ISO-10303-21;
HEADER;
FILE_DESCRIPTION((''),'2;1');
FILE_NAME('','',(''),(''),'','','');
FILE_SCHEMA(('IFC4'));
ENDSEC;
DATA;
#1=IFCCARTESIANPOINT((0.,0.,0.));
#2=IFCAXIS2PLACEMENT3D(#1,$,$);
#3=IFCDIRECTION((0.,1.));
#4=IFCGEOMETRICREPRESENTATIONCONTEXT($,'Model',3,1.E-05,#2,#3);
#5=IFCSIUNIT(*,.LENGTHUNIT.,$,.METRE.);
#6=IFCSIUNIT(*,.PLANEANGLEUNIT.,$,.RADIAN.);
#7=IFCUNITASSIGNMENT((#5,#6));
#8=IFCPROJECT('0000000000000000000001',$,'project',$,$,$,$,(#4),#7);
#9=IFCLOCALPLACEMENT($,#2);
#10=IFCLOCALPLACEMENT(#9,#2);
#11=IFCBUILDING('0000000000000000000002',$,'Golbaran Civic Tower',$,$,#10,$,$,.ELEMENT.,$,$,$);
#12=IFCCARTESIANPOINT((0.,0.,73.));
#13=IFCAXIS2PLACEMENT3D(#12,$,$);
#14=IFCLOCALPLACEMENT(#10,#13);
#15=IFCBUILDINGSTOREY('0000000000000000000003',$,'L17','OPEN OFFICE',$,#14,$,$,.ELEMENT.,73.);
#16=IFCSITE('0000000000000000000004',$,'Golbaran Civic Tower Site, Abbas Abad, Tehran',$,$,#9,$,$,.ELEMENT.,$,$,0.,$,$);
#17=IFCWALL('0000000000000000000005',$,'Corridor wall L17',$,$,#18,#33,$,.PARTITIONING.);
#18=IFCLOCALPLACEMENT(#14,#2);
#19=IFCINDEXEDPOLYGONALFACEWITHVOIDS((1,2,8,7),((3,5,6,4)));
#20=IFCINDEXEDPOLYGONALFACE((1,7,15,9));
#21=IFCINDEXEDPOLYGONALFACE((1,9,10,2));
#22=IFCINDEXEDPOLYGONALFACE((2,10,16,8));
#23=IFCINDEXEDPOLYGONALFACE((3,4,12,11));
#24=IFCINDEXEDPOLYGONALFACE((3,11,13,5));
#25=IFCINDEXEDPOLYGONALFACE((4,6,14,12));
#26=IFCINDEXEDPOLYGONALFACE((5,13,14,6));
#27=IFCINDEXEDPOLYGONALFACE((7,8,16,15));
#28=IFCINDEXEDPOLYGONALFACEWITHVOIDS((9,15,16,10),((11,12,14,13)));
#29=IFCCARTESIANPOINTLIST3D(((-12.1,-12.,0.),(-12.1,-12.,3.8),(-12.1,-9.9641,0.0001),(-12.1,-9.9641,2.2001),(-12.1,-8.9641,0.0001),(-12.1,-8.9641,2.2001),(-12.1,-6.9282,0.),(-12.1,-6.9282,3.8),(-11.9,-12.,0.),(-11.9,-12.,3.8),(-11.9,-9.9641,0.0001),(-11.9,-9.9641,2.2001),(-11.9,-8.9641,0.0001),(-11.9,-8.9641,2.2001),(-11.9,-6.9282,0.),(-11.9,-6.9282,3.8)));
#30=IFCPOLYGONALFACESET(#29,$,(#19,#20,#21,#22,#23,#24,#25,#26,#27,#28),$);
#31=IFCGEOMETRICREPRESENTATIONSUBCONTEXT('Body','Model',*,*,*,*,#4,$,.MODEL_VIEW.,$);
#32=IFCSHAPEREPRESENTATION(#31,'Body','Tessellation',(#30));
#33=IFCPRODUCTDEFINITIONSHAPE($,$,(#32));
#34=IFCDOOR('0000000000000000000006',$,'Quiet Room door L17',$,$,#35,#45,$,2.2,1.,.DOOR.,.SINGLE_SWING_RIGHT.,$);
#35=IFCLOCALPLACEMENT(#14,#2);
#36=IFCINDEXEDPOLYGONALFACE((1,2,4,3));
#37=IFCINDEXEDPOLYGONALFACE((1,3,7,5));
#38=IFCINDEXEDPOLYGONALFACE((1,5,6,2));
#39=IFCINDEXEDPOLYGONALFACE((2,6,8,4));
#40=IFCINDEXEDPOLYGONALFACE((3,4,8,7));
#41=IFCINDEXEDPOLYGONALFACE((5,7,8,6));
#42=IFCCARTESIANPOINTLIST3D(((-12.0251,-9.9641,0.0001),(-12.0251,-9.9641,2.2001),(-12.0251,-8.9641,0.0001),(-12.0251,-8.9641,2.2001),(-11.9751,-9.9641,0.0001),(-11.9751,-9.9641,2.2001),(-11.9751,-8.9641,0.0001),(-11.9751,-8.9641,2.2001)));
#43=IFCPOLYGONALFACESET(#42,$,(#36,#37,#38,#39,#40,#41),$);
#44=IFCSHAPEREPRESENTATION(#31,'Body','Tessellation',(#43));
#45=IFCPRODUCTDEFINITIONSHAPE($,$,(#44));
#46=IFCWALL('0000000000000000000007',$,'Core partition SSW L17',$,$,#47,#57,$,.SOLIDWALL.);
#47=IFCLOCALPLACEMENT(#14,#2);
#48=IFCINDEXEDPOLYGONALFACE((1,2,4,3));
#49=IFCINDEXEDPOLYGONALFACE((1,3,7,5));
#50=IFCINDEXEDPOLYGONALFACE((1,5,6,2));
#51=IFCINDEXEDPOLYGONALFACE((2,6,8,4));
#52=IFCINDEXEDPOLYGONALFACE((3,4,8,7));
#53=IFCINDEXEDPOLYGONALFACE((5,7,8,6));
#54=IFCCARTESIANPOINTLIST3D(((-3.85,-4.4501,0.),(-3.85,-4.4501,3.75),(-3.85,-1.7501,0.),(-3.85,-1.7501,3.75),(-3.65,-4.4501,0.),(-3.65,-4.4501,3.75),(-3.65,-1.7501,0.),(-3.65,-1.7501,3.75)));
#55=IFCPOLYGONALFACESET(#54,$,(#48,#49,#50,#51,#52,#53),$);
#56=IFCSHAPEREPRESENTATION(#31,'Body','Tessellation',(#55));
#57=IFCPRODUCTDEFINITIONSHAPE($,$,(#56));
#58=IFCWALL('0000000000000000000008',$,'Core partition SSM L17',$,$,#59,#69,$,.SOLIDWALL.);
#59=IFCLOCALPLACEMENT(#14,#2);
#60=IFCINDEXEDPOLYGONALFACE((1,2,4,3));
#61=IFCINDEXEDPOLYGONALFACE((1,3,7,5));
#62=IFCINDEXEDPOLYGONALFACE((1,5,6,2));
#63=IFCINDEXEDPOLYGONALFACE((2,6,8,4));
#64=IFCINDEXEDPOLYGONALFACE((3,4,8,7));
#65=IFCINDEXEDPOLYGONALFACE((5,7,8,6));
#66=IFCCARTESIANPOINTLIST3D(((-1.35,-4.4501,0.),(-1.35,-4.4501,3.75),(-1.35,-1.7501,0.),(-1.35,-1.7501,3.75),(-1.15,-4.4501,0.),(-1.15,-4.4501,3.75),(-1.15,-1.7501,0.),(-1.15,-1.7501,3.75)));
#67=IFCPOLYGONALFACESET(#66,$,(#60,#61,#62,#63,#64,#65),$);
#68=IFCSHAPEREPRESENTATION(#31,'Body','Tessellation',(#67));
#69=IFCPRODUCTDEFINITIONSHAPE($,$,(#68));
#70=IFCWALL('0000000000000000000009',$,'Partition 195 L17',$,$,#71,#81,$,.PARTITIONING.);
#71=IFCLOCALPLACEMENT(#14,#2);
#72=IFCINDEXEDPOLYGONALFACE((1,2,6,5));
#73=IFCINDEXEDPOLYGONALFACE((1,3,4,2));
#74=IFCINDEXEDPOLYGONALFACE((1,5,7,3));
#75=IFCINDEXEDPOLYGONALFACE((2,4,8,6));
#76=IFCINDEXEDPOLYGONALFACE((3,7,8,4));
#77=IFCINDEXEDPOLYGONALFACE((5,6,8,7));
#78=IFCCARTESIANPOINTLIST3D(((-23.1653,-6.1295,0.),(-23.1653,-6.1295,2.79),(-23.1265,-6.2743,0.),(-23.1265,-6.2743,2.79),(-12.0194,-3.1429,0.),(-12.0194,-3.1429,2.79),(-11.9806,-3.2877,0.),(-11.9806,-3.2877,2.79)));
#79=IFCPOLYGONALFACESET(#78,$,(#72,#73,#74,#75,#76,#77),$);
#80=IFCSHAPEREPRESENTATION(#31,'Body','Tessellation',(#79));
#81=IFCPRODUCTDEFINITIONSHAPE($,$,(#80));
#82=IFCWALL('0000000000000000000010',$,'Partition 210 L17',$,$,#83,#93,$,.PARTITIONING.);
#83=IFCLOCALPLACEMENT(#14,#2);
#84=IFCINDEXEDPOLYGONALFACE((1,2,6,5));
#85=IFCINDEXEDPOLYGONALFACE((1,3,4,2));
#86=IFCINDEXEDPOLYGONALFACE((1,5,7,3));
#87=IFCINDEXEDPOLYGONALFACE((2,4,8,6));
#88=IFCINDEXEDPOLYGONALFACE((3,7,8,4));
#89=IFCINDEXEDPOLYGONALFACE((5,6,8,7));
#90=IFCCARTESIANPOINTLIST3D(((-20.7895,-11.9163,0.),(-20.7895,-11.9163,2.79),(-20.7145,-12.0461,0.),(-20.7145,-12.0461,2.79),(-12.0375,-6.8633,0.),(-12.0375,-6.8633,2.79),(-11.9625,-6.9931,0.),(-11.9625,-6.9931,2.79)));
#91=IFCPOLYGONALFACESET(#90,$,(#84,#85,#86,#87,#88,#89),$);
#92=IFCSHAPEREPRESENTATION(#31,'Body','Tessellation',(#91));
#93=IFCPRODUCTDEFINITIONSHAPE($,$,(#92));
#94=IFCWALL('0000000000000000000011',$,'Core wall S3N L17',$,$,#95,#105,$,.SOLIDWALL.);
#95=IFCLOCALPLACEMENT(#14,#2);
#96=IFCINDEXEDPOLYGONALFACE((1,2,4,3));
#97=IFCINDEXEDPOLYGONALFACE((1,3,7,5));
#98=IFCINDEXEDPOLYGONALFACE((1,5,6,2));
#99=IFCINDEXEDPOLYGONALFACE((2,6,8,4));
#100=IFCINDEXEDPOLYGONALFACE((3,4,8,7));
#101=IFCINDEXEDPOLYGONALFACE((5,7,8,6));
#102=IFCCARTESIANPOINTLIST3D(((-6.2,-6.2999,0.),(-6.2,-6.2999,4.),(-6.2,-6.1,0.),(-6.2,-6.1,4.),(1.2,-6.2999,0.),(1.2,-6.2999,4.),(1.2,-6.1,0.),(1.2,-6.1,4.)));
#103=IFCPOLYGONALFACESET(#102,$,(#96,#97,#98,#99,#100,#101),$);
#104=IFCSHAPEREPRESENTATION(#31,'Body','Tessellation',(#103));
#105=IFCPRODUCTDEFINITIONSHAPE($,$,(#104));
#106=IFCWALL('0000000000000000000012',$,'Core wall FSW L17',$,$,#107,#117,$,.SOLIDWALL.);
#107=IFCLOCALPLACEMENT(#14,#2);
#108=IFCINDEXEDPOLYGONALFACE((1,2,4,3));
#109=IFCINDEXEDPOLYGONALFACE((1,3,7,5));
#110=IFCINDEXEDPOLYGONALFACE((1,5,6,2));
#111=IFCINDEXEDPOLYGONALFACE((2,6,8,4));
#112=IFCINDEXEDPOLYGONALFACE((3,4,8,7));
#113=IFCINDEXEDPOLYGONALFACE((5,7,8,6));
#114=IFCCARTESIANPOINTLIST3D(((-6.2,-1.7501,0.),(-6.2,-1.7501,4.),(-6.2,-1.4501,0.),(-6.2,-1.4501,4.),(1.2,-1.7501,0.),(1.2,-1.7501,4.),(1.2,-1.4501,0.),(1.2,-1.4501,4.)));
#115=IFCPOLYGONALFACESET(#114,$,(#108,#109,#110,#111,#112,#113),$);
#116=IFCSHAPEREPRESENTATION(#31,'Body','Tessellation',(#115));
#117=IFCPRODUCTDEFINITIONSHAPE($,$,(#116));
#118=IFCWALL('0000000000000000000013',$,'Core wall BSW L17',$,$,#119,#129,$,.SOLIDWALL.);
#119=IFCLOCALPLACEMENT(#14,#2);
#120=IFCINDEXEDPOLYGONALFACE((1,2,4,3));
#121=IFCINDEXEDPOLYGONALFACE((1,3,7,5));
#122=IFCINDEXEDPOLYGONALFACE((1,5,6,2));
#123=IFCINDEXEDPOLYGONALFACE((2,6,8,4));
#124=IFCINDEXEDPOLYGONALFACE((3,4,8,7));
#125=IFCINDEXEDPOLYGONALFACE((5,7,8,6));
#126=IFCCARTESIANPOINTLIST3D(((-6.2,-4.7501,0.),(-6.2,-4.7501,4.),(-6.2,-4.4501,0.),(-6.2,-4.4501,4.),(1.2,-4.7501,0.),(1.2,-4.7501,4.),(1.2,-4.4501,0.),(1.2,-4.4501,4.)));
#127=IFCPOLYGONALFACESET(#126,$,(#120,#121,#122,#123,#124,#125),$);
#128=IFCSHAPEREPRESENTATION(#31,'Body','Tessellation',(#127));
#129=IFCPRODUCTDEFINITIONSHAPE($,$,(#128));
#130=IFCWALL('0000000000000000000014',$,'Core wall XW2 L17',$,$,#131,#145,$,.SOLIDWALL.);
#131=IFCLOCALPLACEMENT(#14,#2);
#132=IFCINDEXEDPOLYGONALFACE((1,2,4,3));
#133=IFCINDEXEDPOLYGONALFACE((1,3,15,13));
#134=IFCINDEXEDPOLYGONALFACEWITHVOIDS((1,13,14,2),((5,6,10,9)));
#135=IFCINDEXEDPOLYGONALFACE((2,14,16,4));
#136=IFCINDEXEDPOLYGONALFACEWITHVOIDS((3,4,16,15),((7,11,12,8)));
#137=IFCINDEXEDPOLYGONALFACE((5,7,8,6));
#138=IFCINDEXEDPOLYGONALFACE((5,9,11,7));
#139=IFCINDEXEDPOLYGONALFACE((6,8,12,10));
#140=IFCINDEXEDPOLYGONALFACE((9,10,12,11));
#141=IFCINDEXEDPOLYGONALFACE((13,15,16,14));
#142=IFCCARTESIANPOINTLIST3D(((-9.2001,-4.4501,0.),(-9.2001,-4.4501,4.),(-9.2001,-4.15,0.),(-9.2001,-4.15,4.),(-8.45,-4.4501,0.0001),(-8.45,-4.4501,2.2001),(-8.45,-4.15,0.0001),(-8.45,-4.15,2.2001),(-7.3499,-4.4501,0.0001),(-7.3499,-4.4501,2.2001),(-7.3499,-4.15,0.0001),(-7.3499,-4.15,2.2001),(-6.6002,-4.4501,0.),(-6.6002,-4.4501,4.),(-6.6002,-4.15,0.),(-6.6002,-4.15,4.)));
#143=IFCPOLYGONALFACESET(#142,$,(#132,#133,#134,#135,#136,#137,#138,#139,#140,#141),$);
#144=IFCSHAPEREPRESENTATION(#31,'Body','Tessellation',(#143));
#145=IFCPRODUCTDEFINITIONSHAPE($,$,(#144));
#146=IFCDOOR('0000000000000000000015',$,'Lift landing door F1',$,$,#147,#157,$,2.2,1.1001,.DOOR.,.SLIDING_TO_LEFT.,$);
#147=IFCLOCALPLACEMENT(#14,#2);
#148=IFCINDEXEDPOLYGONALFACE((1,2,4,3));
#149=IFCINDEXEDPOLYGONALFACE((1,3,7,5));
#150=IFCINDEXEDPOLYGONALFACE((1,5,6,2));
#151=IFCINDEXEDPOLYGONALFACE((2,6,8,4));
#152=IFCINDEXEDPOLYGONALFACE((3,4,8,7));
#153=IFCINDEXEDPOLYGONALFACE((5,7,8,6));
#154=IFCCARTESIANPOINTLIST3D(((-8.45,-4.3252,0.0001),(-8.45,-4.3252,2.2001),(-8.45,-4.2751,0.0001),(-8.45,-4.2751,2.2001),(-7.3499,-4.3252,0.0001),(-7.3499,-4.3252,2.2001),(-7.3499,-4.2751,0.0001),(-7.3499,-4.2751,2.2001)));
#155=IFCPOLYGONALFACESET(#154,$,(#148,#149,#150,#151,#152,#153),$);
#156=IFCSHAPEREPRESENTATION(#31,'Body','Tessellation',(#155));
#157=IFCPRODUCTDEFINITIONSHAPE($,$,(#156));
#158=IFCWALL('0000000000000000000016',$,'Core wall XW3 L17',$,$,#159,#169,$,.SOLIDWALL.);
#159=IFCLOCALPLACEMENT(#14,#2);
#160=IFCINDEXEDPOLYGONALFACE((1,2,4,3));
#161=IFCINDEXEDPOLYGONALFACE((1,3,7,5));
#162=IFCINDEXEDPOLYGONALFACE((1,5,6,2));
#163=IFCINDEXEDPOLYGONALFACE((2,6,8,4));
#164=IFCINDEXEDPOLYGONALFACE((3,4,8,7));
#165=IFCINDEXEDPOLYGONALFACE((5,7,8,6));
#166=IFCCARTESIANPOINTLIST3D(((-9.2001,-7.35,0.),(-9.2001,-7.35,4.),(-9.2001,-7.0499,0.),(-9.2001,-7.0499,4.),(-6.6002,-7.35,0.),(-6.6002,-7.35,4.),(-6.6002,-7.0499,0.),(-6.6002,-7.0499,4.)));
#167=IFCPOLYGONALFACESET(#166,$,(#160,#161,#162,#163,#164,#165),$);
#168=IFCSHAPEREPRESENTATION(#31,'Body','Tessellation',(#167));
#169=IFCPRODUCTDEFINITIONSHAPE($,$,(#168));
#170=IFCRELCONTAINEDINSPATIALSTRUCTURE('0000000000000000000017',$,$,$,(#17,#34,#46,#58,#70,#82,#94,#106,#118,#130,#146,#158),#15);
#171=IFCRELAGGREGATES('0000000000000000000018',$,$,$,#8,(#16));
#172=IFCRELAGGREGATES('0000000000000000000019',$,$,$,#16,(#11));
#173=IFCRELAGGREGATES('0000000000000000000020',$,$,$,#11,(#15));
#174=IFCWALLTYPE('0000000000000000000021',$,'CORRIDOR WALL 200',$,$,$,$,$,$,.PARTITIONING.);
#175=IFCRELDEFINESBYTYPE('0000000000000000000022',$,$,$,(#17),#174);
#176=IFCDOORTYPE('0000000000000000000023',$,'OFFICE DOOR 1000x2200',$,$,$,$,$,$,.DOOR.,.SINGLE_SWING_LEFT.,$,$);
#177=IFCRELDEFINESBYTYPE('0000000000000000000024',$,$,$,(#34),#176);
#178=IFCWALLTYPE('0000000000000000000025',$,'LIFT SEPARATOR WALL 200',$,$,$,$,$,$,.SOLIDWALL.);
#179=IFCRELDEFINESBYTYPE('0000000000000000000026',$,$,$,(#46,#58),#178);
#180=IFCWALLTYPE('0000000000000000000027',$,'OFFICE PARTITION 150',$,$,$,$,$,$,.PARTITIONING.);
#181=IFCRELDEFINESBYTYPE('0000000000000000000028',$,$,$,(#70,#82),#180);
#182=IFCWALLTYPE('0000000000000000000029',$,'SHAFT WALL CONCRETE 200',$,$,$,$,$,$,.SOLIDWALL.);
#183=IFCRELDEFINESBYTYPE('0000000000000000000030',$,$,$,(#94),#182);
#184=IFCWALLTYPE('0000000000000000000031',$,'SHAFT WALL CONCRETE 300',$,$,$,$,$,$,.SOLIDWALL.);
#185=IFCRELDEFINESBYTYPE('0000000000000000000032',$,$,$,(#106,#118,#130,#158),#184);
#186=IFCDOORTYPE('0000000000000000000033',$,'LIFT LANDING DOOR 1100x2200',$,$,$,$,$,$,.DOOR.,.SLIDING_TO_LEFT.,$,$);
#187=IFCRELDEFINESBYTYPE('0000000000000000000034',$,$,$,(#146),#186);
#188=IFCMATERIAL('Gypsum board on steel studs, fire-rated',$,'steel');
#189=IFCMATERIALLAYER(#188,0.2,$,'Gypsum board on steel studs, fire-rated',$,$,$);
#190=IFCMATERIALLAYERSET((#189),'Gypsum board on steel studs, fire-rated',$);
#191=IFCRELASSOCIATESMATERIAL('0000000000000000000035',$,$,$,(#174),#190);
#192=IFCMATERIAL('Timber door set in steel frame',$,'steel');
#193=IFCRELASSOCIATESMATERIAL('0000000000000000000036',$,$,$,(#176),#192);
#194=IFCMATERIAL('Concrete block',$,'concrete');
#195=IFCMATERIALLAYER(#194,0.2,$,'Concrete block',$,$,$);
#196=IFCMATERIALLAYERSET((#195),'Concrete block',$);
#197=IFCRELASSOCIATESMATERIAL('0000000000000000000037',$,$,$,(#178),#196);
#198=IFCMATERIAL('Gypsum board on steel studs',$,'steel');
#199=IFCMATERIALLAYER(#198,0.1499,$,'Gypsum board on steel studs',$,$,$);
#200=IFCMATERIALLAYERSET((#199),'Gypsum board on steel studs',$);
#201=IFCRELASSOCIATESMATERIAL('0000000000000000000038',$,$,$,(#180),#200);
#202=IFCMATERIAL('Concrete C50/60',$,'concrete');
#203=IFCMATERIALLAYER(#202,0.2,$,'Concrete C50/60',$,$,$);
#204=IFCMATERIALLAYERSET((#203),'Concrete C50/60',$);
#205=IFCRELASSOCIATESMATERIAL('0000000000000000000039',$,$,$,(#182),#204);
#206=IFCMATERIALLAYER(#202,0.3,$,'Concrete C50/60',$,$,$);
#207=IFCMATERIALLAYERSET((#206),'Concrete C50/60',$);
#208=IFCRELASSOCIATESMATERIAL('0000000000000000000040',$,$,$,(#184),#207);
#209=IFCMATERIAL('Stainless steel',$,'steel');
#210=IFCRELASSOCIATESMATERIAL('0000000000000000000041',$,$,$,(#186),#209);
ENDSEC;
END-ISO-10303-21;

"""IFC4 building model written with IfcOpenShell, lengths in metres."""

from ifc_helpers import new_model, si_unit, direction, frame, frame_2d, origin, place, context, subcontext, project, spatial, rectangle, extrude, material, layer, layer_set, type_object, element, fill, save


model = new_model("IFC4")

# Units and contexts
model_context = context("Model", 3, precision=1e-05, world=origin(), true_north=direction((0.0, 1.0)))
body_context = subcontext(model_context, "Body", "Model", "MODEL_VIEW")
ifc_project = project(units=[si_unit("LENGTHUNIT", "METRE"), si_unit("PLANEANGLEUNIT", "RADIAN")], contexts=[model_context])

# Site, building, storey
site_placement = place(None, origin())
site = spatial("IfcSite", under=ifc_project, at=site_placement, Name="Golbaran Civic Tower Site, Abbas Abad, Tehran", CompositionType="ELEMENT", RefElevation=0.0)
building_placement = place(site_placement, origin())
building = spatial("IfcBuilding", under=site, at=building_placement, Name="Golbaran Civic Tower", CompositionType="ELEMENT")
storey_placement = place(building_placement, frame((0.0, 0.0, 73.0)))
storey = spatial("IfcBuildingStorey", under=building, at=storey_placement, Name="L17", Description="OPEN OFFICE", CompositionType="ELEMENT", Elevation=73.0)

# Wall, opening, door
ifc_material_1 = material(Name="Gypsum board on steel studs, fire-rated", Category="steel")
ifc_layer_1 = layer(ifc_material_1, 0.2, Name="Gypsum board on steel studs, fire-rated")
ifc_layer_set_1 = layer_set([ifc_layer_1], Name="Gypsum board on steel studs, fire-rated")
wall_type_1 = type_object("IfcWallType", Name="CORRIDOR WALL 200", PredefinedType="PARTITIONING", material=ifc_layer_set_1)
ifc_material_2 = material(Name="Timber door set in steel frame", Category="steel")
door_type_1 = type_object("IfcDoorType", Name="OFFICE DOOR 1000x2200", OperationType="SINGLE_SWING_LEFT", PredefinedType="DOOR", material=ifc_material_2)
wall_1_placement = place(storey_placement, frame((-12.0, -6.9282, 0.0), z_axis=(0.0, 0.0, 1.0), x_axis=(0.0, -1.0, 0.0)))
wall_1 = element("IfcWall", 1, at=wall_1_placement, inside=storey, type_object=wall_type_1, Name="Corridor wall L17", PredefinedType="PARTITIONING", context=body_context, shape_type="SweptSolid", body=[
    extrude(rectangle(XDim=5.0718, YDim=0.2, at=frame_2d((2.5359, 0.0))), origin(), (0.0, 0.0, 1.0), 3.8),
])
opening_1_placement = place(wall_1_placement, frame((2.0359, 0.0, 0.0)))
opening_1 = element("IfcOpeningElement", 2, at=opening_1_placement, cuts=wall_1, PredefinedType="OPENING", context=body_context, shape_type="SweptSolid", body=[
    extrude(rectangle(XDim=1.0, YDim=2.2, at=frame_2d((0.5, 1.1001))), frame((0.0, 0.1099, 0.0), z_axis=(0.0, -1.0, 0.0), x_axis=(1.0, 0.0, 0.0)), (0.0, 0.0, 1.0), 0.22),
])
door_1_placement = place(opening_1_placement, origin())
door_1 = element("IfcDoor", 3, at=door_1_placement, inside=storey, type_object=door_type_1, Name="Quiet Room door L17", OperationType="SINGLE_SWING_RIGHT", OverallHeight=2.2, OverallWidth=1.0, PredefinedType="DOOR", context=body_context, shape_type="SweptSolid", body=[
    extrude(rectangle(XDim=1.0, YDim=2.2, at=frame_2d((0.5, 1.1001))), frame((0.0, 0.0249, 0.0), z_axis=(0.0, -1.0, 0.0), x_axis=(1.0, 0.0, 0.0)), (0.0, 0.0, 1.0), 0.05),
])
fill(opening_1, door_1)

# Walls
ifc_material_3 = material(Name="Concrete block", Category="concrete")
ifc_layer_2 = layer(ifc_material_3, 0.2, Name="Concrete block")
ifc_layer_set_2 = layer_set([ifc_layer_2], Name="Concrete block")
wall_type_2 = type_object("IfcWallType", Name="LIFT SEPARATOR WALL 200", PredefinedType="SOLIDWALL", material=ifc_layer_set_2)
for number, where, z_axis, x_axis, name in (
    (4, (-3.75, -1.75, 0.0), (0.0, 0.0, 1.0), (0.0, -1.0, 0.0), "Core partition SSW L17"),
    (5, (-1.25, -1.75, 0.0), (0.0, 0.0, 1.0), (0.0, -1.0, 0.0), "Core partition SSM L17"),
):
    element("IfcWall", number, at=place(storey_placement, frame(where, z_axis=z_axis, x_axis=x_axis)), inside=storey, type_object=wall_type_2, Name=name, PredefinedType="SOLIDWALL", context=body_context, shape_type="SweptSolid", body=[
        extrude(rectangle(XDim=2.7, YDim=0.2, at=frame_2d((1.3501, 0.0))), origin(), (0.0, 0.0, 1.0), 3.75),
    ])
ifc_material_4 = material(Name="Gypsum board on steel studs", Category="steel")
ifc_layer_3 = layer(ifc_material_4, 0.1499, Name="Gypsum board on steel studs")
ifc_layer_set_3 = layer_set([ifc_layer_3], Name="Gypsum board on steel studs")
wall_type_3 = type_object("IfcWallType", Name="OFFICE PARTITION 150", PredefinedType="PARTITIONING", material=ifc_layer_set_3)
wall_2_placement = place(storey_placement, frame((-12.0, -3.2153, 0.0), z_axis=(0.0, 0.0, 1.0), x_axis=(-0.965924, -0.258825, 0.0)))
element("IfcWall", 6, at=wall_2_placement, inside=storey, type_object=wall_type_3, Name="Partition 195 L17", PredefinedType="PARTITIONING", context=body_context, shape_type="SweptSolid", body=[
    extrude(rectangle(XDim=11.5391, YDim=0.1499, at=frame_2d((5.7695, 0.0))), origin(), (0.0, 0.0, 1.0), 2.79),
])
wall_3_placement = place(storey_placement, frame((-12.0, -6.9282, 0.0), z_axis=(0.0, 0.0, 1.0), x_axis=(-0.866024, -0.500003, 0.0)))
element("IfcWall", 7, at=wall_3_placement, inside=storey, type_object=wall_type_3, Name="Partition 210 L17", PredefinedType="PARTITIONING", context=body_context, shape_type="SweptSolid", body=[
    extrude(rectangle(XDim=10.106, YDim=0.1499, at=frame_2d((5.053, 0.0))), origin(), (0.0, 0.0, 1.0), 2.79),
])
ifc_material_5 = material(Name="Concrete C50/60", Category="concrete")
ifc_layer_4 = layer(ifc_material_5, 0.2, Name="Concrete C50/60")
ifc_layer_set_4 = layer_set([ifc_layer_4], Name="Concrete C50/60")
wall_type_4 = type_object("IfcWallType", Name="SHAFT WALL CONCRETE 200", PredefinedType="SOLIDWALL", material=ifc_layer_set_4)
wall_4_placement = place(storey_placement, frame((-6.2, -6.2, 0.0), z_axis=(0.0, 0.0, 1.0), x_axis=(1.0, 0.0, 0.0)))
element("IfcWall", 8, at=wall_4_placement, inside=storey, type_object=wall_type_4, Name="Core wall S3N L17", PredefinedType="SOLIDWALL", context=body_context, shape_type="SweptSolid", body=[
    extrude(rectangle(XDim=7.3999, YDim=0.2, at=frame_2d((3.7, 0.0))), origin(), (0.0, 0.0, 1.0), 4.0),
])
ifc_layer_5 = layer(ifc_material_5, 0.3, Name="Concrete C50/60")
ifc_layer_set_5 = layer_set([ifc_layer_5], Name="Concrete C50/60")
wall_type_5 = type_object("IfcWallType", Name="SHAFT WALL CONCRETE 300", PredefinedType="SOLIDWALL", material=ifc_layer_set_5)
for number, where, z_axis, x_axis, name in (
    (9, (-6.2, -1.6001, 0.0), (0.0, 0.0, 1.0), (1.0, 0.0, 0.0), "Core wall FSW L17"),
    (10, (-6.2, -4.6001, 0.0), (0.0, 0.0, 1.0), (1.0, 0.0, 0.0), "Core wall BSW L17"),
):
    element("IfcWall", number, at=place(storey_placement, frame(where, z_axis=z_axis, x_axis=x_axis)), inside=storey, type_object=wall_type_5, Name=name, PredefinedType="SOLIDWALL", context=body_context, shape_type="SweptSolid", body=[
        extrude(rectangle(XDim=7.3999, YDim=0.3, at=frame_2d((3.7, 0.0))), origin(), (0.0, 0.0, 1.0), 4.0),
    ])

# Wall, opening, door
wall_5_placement = place(storey_placement, frame((-9.2, -4.3, 0.0), z_axis=(0.0, 0.0, 1.0), x_axis=(1.0, 0.0, 0.0)))
wall_5 = element("IfcWall", 11, at=wall_5_placement, inside=storey, type_object=wall_type_5, Name="Core wall XW2 L17", PredefinedType="SOLIDWALL", context=body_context, shape_type="SweptSolid", body=[
    extrude(rectangle(XDim=2.5999, YDim=0.3, at=frame_2d((1.2998, 0.0))), origin(), (0.0, 0.0, 1.0), 4.0),
])
opening_2_placement = place(wall_5_placement, frame((0.75, 0.0, 0.0)))
opening_2 = element("IfcOpeningElement", 12, at=opening_2_placement, cuts=wall_5, PredefinedType="OPENING", context=body_context, shape_type="SweptSolid", body=[
    extrude(rectangle(XDim=1.1001, YDim=2.2, at=frame_2d((0.55, 1.1001))), frame((0.0, 0.1599, 0.0), z_axis=(0.0, -1.0, 0.0), x_axis=(1.0, 0.0, 0.0)), (0.0, 0.0, 1.0), 0.3201),
])
ifc_material_6 = material(Name="Stainless steel", Category="steel")
door_type_2 = type_object("IfcDoorType", Name="LIFT LANDING DOOR 1100x2200", OperationType="SLIDING_TO_LEFT", PredefinedType="DOOR", material=ifc_material_6)
door_2_placement = place(opening_2_placement, origin())
door_2 = element("IfcDoor", 13, at=door_2_placement, inside=storey, type_object=door_type_2, Name="Lift landing door F1", OperationType="SLIDING_TO_LEFT", OverallHeight=2.2, OverallWidth=1.1001, PredefinedType="DOOR", context=body_context, shape_type="SweptSolid", body=[
    extrude(rectangle(XDim=1.1001, YDim=2.2, at=frame_2d((0.55, 1.1001))), frame((0.0, 0.0249, 0.0), z_axis=(0.0, -1.0, 0.0), x_axis=(1.0, 0.0, 0.0)), (0.0, 0.0, 1.0), 0.05),
])
fill(opening_2, door_2)

# Wall
wall_6_placement = place(storey_placement, frame((-9.2, -7.2, 0.0), z_axis=(0.0, 0.0, 1.0), x_axis=(1.0, 0.0, 0.0)))
element("IfcWall", 14, at=wall_6_placement, inside=storey, type_object=wall_type_5, Name="Core wall XW3 L17", PredefinedType="SOLIDWALL", context=body_context, shape_type="SweptSolid", body=[
    extrude(rectangle(XDim=2.5999, YDim=0.3, at=frame_2d((1.2998, 0.0))), origin(), (0.0, 0.0, 1.0), 4.0),
])

save(model, "model.ifc")
